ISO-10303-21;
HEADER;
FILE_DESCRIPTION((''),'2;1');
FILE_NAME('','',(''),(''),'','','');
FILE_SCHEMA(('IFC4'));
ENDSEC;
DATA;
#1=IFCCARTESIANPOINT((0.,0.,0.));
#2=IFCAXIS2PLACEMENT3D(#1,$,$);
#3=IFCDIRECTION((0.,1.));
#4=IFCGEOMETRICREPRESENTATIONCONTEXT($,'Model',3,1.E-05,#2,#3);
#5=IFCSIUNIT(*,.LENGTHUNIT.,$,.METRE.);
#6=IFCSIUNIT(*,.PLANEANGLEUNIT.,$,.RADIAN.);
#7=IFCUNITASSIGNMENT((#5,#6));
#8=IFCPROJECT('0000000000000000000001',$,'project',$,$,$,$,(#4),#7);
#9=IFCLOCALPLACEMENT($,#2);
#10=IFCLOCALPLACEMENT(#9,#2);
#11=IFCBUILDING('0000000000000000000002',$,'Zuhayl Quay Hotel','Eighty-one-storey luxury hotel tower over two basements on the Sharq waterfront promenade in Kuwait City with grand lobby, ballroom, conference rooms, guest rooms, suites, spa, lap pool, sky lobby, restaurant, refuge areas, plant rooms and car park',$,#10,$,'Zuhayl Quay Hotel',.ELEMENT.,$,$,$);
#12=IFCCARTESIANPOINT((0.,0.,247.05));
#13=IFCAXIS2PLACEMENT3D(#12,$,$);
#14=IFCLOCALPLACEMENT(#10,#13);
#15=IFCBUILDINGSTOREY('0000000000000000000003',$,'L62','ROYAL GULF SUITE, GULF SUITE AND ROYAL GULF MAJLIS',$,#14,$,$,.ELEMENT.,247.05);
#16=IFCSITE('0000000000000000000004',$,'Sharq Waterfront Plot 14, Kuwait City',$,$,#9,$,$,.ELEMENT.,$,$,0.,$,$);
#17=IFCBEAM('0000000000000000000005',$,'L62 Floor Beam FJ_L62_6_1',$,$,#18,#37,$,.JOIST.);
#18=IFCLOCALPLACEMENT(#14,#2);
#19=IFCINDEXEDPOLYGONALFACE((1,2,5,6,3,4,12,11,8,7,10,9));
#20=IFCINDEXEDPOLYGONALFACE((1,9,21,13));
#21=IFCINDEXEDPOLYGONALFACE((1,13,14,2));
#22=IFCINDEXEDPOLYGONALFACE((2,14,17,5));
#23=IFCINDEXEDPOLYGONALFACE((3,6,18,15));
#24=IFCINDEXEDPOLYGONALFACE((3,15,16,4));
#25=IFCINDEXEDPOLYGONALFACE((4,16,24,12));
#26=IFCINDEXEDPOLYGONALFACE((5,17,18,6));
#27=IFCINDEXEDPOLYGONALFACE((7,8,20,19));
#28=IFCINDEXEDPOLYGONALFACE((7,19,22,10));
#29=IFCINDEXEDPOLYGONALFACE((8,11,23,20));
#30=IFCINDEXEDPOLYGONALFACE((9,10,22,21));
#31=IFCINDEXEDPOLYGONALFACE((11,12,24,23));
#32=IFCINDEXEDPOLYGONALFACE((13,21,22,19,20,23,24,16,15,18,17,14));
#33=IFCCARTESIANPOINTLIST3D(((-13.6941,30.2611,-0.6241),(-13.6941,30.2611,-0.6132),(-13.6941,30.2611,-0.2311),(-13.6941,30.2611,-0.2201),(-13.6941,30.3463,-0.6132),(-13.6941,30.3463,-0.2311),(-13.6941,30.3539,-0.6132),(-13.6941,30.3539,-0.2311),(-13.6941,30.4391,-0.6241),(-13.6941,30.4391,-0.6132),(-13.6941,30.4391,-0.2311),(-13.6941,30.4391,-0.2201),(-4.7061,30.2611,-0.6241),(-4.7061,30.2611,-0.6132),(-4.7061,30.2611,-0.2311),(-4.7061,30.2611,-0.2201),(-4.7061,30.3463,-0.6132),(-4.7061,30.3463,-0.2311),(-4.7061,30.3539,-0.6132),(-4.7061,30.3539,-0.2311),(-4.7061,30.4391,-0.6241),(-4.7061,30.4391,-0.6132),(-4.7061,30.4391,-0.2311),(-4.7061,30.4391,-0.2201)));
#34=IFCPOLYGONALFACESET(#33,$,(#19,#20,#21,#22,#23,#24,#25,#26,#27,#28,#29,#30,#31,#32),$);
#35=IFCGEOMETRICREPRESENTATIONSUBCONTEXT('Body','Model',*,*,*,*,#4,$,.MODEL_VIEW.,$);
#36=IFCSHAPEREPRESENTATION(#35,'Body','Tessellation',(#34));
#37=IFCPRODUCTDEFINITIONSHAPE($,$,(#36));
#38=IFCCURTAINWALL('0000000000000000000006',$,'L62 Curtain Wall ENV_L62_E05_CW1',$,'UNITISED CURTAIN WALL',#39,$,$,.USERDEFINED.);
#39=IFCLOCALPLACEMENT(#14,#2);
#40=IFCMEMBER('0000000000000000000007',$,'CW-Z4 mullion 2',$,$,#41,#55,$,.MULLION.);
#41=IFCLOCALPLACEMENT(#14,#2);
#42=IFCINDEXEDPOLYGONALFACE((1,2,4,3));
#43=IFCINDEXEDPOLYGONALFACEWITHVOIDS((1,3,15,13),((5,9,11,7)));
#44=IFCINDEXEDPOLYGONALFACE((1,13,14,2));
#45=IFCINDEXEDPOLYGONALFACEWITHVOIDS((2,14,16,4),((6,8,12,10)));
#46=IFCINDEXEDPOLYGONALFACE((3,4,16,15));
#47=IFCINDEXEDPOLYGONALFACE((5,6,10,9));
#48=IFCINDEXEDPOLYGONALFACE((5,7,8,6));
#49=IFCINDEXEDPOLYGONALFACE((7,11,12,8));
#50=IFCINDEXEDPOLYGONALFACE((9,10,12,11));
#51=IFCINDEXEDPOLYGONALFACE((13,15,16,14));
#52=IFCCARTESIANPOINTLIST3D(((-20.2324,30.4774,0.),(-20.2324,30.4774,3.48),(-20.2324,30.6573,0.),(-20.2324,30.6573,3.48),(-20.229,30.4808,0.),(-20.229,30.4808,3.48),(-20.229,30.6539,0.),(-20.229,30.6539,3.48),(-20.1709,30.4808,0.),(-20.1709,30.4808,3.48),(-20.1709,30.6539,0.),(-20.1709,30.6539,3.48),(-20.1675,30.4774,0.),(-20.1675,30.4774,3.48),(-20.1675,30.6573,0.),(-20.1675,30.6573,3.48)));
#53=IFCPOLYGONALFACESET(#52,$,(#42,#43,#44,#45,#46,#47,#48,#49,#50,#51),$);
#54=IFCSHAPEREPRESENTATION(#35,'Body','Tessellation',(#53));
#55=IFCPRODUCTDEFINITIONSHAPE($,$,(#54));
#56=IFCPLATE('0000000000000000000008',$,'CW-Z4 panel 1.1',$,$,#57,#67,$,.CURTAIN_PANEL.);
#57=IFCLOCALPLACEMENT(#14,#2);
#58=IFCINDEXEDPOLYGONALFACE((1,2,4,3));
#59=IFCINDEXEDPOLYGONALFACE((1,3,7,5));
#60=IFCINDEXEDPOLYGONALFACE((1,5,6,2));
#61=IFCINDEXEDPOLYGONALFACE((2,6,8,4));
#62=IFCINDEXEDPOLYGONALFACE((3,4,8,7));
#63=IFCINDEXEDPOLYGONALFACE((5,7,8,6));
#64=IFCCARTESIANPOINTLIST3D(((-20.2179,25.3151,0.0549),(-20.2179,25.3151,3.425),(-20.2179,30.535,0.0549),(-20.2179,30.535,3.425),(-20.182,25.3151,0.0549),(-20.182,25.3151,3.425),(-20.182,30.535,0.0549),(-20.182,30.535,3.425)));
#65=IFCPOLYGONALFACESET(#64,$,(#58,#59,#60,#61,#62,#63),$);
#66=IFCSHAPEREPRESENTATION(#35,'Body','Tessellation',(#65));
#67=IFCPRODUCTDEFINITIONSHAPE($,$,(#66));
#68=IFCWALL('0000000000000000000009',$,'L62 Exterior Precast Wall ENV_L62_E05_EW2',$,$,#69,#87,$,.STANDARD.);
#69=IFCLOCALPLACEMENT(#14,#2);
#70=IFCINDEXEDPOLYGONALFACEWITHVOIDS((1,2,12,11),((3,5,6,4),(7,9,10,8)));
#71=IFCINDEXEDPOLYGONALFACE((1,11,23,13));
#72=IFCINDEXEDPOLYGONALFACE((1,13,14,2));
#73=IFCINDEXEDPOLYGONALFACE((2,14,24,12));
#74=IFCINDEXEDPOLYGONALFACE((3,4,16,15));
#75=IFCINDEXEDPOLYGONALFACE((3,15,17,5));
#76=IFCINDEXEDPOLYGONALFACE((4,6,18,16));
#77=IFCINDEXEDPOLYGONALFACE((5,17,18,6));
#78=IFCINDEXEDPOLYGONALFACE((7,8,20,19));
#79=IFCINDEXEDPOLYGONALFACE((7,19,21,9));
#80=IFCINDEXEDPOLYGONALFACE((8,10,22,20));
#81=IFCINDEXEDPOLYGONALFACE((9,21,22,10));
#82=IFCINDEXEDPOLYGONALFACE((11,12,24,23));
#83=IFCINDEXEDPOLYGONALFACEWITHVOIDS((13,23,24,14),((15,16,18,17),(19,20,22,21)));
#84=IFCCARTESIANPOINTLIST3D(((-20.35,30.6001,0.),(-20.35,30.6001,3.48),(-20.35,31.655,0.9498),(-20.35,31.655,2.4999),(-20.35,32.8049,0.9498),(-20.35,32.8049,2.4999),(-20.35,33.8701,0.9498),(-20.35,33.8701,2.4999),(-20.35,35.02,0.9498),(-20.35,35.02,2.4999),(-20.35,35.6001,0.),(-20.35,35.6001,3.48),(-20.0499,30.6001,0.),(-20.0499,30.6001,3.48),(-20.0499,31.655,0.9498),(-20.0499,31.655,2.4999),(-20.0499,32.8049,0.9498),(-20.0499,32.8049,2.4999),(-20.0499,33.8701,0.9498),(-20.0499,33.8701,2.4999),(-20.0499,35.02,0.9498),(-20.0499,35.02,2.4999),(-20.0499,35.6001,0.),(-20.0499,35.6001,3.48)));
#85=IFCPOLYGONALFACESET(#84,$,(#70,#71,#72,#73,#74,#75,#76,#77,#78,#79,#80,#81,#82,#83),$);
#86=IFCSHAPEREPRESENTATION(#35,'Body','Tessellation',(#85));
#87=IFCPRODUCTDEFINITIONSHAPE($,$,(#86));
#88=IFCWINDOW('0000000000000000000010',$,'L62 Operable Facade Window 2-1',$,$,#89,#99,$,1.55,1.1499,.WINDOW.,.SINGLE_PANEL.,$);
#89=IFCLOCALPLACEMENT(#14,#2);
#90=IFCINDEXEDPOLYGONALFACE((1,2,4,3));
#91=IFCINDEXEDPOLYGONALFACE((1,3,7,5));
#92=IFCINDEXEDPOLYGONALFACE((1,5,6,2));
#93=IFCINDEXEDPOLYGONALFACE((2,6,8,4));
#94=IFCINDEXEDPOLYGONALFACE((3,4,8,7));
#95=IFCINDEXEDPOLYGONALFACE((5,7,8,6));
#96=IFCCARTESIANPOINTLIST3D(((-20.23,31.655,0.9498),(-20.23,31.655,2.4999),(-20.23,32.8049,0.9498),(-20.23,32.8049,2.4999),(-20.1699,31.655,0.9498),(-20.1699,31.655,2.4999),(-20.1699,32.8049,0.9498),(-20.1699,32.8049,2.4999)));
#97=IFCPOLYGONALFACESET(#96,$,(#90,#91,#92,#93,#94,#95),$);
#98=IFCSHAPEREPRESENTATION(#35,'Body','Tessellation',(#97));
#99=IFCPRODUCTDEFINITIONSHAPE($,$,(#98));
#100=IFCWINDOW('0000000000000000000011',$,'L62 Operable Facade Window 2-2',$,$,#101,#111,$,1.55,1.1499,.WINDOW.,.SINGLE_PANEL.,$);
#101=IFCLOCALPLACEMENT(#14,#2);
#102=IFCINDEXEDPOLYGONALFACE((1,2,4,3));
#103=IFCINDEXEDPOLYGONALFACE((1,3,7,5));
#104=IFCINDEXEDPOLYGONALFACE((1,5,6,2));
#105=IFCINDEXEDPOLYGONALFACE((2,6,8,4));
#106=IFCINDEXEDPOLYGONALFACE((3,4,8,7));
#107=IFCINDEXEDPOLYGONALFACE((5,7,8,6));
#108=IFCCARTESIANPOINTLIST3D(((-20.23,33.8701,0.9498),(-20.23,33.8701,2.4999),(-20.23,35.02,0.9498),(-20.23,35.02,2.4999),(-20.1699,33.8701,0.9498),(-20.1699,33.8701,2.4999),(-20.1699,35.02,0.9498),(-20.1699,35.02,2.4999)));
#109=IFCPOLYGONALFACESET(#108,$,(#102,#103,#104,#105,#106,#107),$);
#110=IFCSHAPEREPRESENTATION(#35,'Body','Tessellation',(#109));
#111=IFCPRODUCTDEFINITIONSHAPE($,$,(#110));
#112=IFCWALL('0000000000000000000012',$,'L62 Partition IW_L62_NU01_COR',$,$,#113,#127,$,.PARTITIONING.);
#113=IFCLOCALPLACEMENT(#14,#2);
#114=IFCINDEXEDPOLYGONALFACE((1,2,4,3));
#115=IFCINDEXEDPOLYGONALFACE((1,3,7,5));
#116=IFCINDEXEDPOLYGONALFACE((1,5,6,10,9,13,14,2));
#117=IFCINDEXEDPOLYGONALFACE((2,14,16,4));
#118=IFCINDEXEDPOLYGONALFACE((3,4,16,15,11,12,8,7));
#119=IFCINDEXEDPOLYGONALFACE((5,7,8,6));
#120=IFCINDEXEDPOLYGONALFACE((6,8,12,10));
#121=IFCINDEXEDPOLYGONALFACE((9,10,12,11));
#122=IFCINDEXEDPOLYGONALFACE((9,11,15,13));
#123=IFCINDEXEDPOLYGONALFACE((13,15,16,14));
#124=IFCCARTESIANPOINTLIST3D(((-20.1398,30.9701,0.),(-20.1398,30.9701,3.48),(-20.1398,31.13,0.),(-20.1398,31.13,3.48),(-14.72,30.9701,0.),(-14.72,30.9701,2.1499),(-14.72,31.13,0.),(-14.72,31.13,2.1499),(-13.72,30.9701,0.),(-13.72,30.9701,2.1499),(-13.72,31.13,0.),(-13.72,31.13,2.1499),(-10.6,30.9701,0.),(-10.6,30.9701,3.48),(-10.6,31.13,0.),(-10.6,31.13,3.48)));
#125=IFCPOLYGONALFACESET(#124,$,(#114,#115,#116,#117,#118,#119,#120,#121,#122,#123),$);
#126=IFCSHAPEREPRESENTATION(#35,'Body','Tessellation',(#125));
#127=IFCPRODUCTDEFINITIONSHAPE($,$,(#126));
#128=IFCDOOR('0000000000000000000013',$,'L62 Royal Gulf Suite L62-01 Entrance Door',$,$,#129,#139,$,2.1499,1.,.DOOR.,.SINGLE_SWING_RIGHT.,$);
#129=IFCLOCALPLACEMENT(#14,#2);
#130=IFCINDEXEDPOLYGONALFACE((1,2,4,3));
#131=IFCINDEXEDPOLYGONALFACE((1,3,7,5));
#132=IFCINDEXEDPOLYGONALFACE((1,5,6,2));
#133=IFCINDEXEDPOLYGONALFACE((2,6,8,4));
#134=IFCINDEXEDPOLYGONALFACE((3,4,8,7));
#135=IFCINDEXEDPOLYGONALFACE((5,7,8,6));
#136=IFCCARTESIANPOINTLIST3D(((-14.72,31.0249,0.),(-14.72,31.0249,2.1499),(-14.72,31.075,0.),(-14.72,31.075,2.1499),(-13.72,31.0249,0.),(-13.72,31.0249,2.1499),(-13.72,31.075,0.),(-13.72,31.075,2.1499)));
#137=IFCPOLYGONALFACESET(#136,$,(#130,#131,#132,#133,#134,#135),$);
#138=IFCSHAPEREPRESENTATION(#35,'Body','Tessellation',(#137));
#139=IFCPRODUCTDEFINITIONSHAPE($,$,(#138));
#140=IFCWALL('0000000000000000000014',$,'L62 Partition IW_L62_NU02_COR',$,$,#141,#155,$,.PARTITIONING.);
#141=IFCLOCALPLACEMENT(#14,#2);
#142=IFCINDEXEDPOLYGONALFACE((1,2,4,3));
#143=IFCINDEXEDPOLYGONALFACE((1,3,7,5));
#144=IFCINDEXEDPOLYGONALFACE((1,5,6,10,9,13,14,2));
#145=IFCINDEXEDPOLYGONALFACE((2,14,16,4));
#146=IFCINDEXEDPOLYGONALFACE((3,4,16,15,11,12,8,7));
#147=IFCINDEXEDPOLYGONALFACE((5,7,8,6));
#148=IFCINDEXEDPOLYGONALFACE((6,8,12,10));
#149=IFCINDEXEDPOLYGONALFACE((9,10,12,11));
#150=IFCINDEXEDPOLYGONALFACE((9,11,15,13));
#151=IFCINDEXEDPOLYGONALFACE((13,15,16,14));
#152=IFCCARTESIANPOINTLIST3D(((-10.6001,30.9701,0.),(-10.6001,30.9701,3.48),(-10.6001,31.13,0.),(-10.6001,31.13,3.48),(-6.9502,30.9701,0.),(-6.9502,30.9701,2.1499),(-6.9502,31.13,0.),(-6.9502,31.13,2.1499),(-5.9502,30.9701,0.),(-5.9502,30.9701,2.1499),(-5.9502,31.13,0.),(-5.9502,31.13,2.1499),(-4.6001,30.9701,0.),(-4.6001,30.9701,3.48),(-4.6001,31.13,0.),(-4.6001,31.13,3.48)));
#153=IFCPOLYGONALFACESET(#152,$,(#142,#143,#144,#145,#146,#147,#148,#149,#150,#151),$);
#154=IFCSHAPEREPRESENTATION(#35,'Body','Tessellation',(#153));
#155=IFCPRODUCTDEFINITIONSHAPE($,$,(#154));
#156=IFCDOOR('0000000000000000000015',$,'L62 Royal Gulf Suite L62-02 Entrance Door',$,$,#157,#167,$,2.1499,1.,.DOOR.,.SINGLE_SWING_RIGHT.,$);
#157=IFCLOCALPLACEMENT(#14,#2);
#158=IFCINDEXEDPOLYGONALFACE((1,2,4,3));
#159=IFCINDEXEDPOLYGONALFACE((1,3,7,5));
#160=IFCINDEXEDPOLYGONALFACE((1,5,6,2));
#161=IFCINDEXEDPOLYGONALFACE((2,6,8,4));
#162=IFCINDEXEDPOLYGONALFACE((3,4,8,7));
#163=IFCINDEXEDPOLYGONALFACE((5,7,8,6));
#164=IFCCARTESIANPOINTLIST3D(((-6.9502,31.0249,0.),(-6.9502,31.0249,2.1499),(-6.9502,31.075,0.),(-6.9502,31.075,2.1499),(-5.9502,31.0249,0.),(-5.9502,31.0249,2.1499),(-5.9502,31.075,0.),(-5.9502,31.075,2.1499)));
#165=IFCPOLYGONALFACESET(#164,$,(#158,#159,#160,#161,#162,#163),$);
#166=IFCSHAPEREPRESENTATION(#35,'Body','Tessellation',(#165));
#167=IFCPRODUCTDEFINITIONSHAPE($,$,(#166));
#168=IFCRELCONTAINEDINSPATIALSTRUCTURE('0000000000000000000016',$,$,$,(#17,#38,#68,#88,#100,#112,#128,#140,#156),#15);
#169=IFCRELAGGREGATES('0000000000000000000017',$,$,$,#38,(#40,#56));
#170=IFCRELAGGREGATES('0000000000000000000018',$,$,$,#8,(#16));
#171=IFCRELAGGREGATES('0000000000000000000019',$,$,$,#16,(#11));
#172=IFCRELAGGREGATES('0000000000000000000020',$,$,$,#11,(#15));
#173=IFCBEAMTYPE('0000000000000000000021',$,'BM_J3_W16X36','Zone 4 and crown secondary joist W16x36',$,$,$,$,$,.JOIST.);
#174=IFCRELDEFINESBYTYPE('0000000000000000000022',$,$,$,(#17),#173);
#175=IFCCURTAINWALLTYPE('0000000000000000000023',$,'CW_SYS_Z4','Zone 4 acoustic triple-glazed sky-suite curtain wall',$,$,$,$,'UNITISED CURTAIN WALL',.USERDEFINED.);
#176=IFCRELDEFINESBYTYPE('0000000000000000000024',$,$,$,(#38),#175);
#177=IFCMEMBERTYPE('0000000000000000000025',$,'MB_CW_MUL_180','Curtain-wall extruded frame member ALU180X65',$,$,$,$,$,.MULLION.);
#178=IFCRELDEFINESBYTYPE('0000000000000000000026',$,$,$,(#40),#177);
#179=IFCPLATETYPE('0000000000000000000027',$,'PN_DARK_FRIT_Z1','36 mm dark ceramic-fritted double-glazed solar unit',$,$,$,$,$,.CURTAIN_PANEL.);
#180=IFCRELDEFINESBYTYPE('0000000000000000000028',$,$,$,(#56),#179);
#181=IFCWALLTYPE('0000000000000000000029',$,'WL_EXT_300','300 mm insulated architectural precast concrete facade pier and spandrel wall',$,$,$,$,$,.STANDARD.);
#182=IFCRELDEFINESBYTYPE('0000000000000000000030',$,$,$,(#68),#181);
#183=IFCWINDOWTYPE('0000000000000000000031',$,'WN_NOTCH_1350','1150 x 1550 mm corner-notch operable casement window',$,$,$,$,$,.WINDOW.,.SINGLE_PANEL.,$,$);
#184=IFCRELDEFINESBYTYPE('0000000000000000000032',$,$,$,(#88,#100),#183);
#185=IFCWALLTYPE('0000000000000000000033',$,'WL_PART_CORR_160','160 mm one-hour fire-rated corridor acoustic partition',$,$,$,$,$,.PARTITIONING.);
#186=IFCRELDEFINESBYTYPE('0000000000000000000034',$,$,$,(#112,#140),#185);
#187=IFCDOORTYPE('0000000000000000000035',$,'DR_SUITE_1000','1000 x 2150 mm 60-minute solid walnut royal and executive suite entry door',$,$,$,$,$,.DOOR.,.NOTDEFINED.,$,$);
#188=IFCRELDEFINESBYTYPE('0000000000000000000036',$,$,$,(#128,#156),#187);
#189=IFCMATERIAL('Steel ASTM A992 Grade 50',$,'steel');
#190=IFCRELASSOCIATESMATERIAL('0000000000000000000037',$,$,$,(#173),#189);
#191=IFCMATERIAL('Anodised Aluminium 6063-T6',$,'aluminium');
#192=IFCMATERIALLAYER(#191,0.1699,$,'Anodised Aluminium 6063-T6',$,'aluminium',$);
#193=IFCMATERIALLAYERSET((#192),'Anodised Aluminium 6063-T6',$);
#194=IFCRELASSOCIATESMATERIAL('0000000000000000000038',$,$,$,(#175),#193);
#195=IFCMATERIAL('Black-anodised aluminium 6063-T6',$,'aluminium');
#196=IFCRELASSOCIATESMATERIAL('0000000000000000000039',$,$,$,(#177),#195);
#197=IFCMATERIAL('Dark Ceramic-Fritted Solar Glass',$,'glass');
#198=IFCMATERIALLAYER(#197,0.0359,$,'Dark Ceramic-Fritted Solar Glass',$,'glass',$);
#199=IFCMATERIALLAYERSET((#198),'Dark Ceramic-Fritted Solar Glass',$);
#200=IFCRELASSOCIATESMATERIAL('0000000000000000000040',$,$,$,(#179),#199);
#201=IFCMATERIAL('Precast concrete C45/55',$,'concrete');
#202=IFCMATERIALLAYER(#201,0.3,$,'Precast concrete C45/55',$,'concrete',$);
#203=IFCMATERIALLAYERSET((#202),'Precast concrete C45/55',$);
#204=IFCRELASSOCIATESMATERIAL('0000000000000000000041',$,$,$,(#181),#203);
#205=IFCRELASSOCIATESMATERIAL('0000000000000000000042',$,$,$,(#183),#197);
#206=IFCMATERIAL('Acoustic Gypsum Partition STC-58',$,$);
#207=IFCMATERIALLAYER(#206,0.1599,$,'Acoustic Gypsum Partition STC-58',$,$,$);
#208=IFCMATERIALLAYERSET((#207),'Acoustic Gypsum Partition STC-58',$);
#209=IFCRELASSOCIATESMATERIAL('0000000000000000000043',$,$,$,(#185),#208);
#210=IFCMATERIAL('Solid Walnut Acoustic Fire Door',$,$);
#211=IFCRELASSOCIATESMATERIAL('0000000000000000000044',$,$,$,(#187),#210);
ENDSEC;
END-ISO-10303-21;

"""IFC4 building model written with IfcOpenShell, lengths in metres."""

from ifc_helpers import new_model, si_unit, direction, frame, frame_2d, origin, origin_2d, place, context, subcontext, project, spatial, rectangle, hollow_rectangle, i_section, extrude, material, layer, layer_set, material_profile, profile_set, type_object, element, fill, aggregate, save


model = new_model("IFC4")

# Units and contexts
model_context = context("Model", 3, precision=1e-05, world=origin(), true_north=direction((0.0, 1.0)))
body_context = subcontext(model_context, "Body", "Model", "MODEL_VIEW")
ifc_project = project(units=[si_unit("LENGTHUNIT", "METRE"), si_unit("PLANEANGLEUNIT", "RADIAN")], contexts=[model_context])

# Site, building, storey
site_placement = place(None, origin())
site = spatial("IfcSite", under=ifc_project, at=site_placement, Name="Sharq Waterfront Plot 14, Kuwait City", CompositionType="ELEMENT", RefElevation=0.0)
building_placement = place(site_placement, origin())
building = spatial("IfcBuilding", under=site, at=building_placement, Name="Zuhayl Quay Hotel", Description="Eighty-one-storey luxury hotel tower over two basements on the Sharq waterfront promenade in Kuwait City with grand lobby, ballroom, conference rooms, guest rooms, suites, spa, lap pool, sky lobby, restaurant, refuge areas, plant rooms and car park", LongName="Zuhayl Quay Hotel", CompositionType="ELEMENT")
storey_placement = place(building_placement, frame((0.0, 0.0, 247.05)))
storey = spatial("IfcBuildingStorey", under=building, at=storey_placement, Name="L62", Description="ROYAL GULF SUITE, GULF SUITE AND ROYAL GULF MAJLIS", CompositionType="ELEMENT", Elevation=247.05)

# Beam
ifc_material_1 = material(Name="Steel ASTM A992 Grade 50", Category="steel")
ifc_material_profile_1 = material_profile(ifc_material_1, i_section(OverallWidth=0.178, OverallDepth=0.4041, WebThickness=0.0076, FlangeThickness=0.011, at=origin_2d()), Name="W16X36")
ifc_profile_set_1 = profile_set([ifc_material_profile_1], Name="Steel ASTM A992 Grade 50")
beam_type = type_object("IfcBeamType", Name="BM_J3_W16X36", Description="Zone 4 and crown secondary joist W16x36", PredefinedType="JOIST", material=ifc_profile_set_1)
beam_placement = place(storey_placement, frame((-13.6941, 30.3501, -0.4221), z_axis=(1.0, 0.0, 0.0), x_axis=(0.0, 1.0, 0.0)))
element("IfcBeam", 1, at=beam_placement, inside=storey, type_object=beam_type, Name="L62 Floor Beam FJ_L62_6_1", PredefinedType="JOIST", context=body_context, shape_type="SweptSolid", body=[
    extrude(i_section(OverallWidth=0.178, OverallDepth=0.4041, WebThickness=0.0076, FlangeThickness=0.011, at=origin_2d()), origin(), (0.0, 0.0, 1.0), 8.988),
])

# Curtain wall, member, plate
ifc_material_2 = material(Name="Anodised Aluminium 6063-T6", Category="aluminium")
ifc_layer_1 = layer(ifc_material_2, 0.1699, Name="Anodised Aluminium 6063-T6", Category="aluminium")
ifc_layer_set_1 = layer_set([ifc_layer_1], Name="Anodised Aluminium 6063-T6")
curtain_wall_type = type_object("IfcCurtainWallType", Name="CW_SYS_Z4", Description="Zone 4 acoustic triple-glazed sky-suite curtain wall", ElementType="UNITISED CURTAIN WALL", PredefinedType="USERDEFINED", material=ifc_layer_set_1)
curtain_wall_placement = place(storey_placement, origin())
curtain_wall = element("IfcCurtainWall", 2, at=curtain_wall_placement, inside=storey, type_object=curtain_wall_type, Name="L62 Curtain Wall ENV_L62_E05_CW1", ObjectType="UNITISED CURTAIN WALL", PredefinedType="USERDEFINED")
ifc_material_3 = material(Name="Black-anodised aluminium 6063-T6", Category="aluminium")
ifc_material_profile_2 = material_profile(ifc_material_3, hollow_rectangle(XDim=0.0649, YDim=0.1799, WallThickness=0.0034, at=origin_2d()), Name="ALU180X65")
ifc_profile_set_2 = profile_set([ifc_material_profile_2], Name="Black-anodised aluminium 6063-T6")
member_type = type_object("IfcMemberType", Name="MB_CW_MUL_180", Description="Curtain-wall extruded frame member ALU180X65", PredefinedType="MULLION", material=ifc_profile_set_2)
member_placement = place(storey_placement, frame((-20.2, 30.5674, 0.0), z_axis=(0.0, 0.0, 1.0), x_axis=(-1.0, 0.0, 0.0)))
member = element("IfcMember", 3, at=member_placement, type_object=member_type, Name="CW-Z4 mullion 2", PredefinedType="MULLION", context=body_context, shape_type="SweptSolid", body=[
    extrude(hollow_rectangle(XDim=0.0649, YDim=0.1799, WallThickness=0.0034, at=origin_2d()), origin(), (0.0, 0.0, 1.0), 3.48),
])
ifc_material_4 = material(Name="Dark Ceramic-Fritted Solar Glass", Category="glass")
ifc_layer_2 = layer(ifc_material_4, 0.0359, Name="Dark Ceramic-Fritted Solar Glass", Category="glass")
ifc_layer_set_2 = layer_set([ifc_layer_2], Name="Dark Ceramic-Fritted Solar Glass")
plate_type = type_object("IfcPlateType", Name="PN_DARK_FRIT_Z1", Description="36 mm dark ceramic-fritted double-glazed solar unit", PredefinedType="CURTAIN_PANEL", material=ifc_layer_set_2)
plate_placement = place(storey_placement, frame((-20.2, 27.925, 0.0549), z_axis=(0.0, 0.0, 1.0), x_axis=(0.0, 1.0, 0.0)))
plate = element("IfcPlate", 4, at=plate_placement, type_object=plate_type, Name="CW-Z4 panel 1.1", PredefinedType="CURTAIN_PANEL", context=body_context, shape_type="SweptSolid", body=[
    extrude(rectangle(XDim=5.22, YDim=0.0359, at=origin_2d()), origin(), (0.0, 0.0, 1.0), 3.3701),
])
aggregate(curtain_wall, [member, plate])

# Wall, openings, windows
ifc_material_5 = material(Name="Precast concrete C45/55", Category="concrete")
ifc_layer_3 = layer(ifc_material_5, 0.3, Name="Precast concrete C45/55", Category="concrete")
ifc_layer_set_3 = layer_set([ifc_layer_3], Name="Precast concrete C45/55")
wall_type_1 = type_object("IfcWallType", Name="WL_EXT_300", Description="300 mm insulated architectural precast concrete facade pier and spandrel wall", PredefinedType="STANDARD", material=ifc_layer_set_3)
wall_1_placement = place(storey_placement, frame((-20.2, 30.6001, 0.0), z_axis=(0.0, 0.0, 1.0), x_axis=(0.0, 1.0, 0.0)))
wall_1 = element("IfcWall", 5, at=wall_1_placement, inside=storey, type_object=wall_type_1, Name="L62 Exterior Precast Wall ENV_L62_E05_EW2", PredefinedType="STANDARD", context=body_context, shape_type="SweptSolid", body=[
    extrude(rectangle(XDim=5.0, YDim=0.3, at=frame_2d((2.5, 0.0))), origin(), (0.0, 0.0, 1.0), 3.48),
])
opening_1_placement = place(wall_1_placement, frame((1.0549, 0.0, 0.95)))
opening_1 = element("IfcOpeningElement", 6, at=opening_1_placement, cuts=wall_1, PredefinedType="OPENING", context=body_context, shape_type="SweptSolid", body=[
    extrude(rectangle(XDim=1.1499, YDim=1.55, at=frame_2d((0.575, 0.7749))), frame((0.0, 0.1599, 0.0), z_axis=(0.0, -1.0, 0.0), x_axis=(1.0, 0.0, 0.0)), (0.0, 0.0, 1.0), 0.3201),
])
opening_2_placement = place(wall_1_placement, frame((3.27, 0.0, 0.95)))
opening_2 = element("IfcOpeningElement", 7, at=opening_2_placement, cuts=wall_1, PredefinedType="OPENING", context=body_context, shape_type="SweptSolid", body=[
    extrude(rectangle(XDim=1.1499, YDim=1.55, at=frame_2d((0.575, 0.7749))), frame((0.0, 0.1599, 0.0), z_axis=(0.0, -1.0, 0.0), x_axis=(1.0, 0.0, 0.0)), (0.0, 0.0, 1.0), 0.3201),
])
window_type = type_object("IfcWindowType", Name="WN_NOTCH_1350", Description="1150 x 1550 mm corner-notch operable casement window", PartitioningType="SINGLE_PANEL", PredefinedType="WINDOW", material=ifc_material_4)
window_1_placement = place(opening_1_placement, origin())
window_1 = element("IfcWindow", 8, at=window_1_placement, inside=storey, type_object=window_type, Name="L62 Operable Facade Window 2-1", OverallHeight=1.55, OverallWidth=1.1499, PartitioningType="SINGLE_PANEL", PredefinedType="WINDOW", context=body_context, shape_type="SweptSolid", body=[
    extrude(rectangle(XDim=1.1499, YDim=1.55, at=frame_2d((0.575, 0.7749))), frame((0.0, 0.03, 0.0), z_axis=(0.0, -1.0, 0.0), x_axis=(1.0, 0.0, 0.0)), (0.0, 0.0, 1.0), 0.0601),
])
fill(opening_1, window_1)
window_2_placement = place(opening_2_placement, origin())
window_2 = element("IfcWindow", 9, at=window_2_placement, inside=storey, type_object=window_type, Name="L62 Operable Facade Window 2-2", OverallHeight=1.55, OverallWidth=1.1499, PartitioningType="SINGLE_PANEL", PredefinedType="WINDOW", context=body_context, shape_type="SweptSolid", body=[
    extrude(rectangle(XDim=1.1499, YDim=1.55, at=frame_2d((0.575, 0.7749))), frame((0.0, 0.03, 0.0), z_axis=(0.0, -1.0, 0.0), x_axis=(1.0, 0.0, 0.0)), (0.0, 0.0, 1.0), 0.0601),
])
fill(opening_2, window_2)

# Walls, openings, doors
ifc_material_6 = material(Name="Acoustic Gypsum Partition STC-58")
ifc_layer_4 = layer(ifc_material_6, 0.1599, Name="Acoustic Gypsum Partition STC-58")
ifc_layer_set_4 = layer_set([ifc_layer_4], Name="Acoustic Gypsum Partition STC-58")
wall_type_2 = type_object("IfcWallType", Name="WL_PART_CORR_160", Description="160 mm one-hour fire-rated corridor acoustic partition", PredefinedType="PARTITIONING", material=ifc_layer_set_4)
wall_2_placement = place(storey_placement, frame((-20.1399, 31.05, 0.0), z_axis=(0.0, 0.0, 1.0), x_axis=(1.0, 0.0, 0.0)))
wall_2 = element("IfcWall", 10, at=wall_2_placement, inside=storey, type_object=wall_type_2, Name="L62 Partition IW_L62_NU01_COR", PredefinedType="PARTITIONING", context=body_context, shape_type="SweptSolid", body=[
    extrude(rectangle(XDim=9.5398, YDim=0.1599, at=frame_2d((4.77, 0.0))), origin(), (0.0, 0.0, 1.0), 3.48),
])
opening_3_placement = place(wall_2_placement, frame((5.4199, 0.0, 0.0)))
opening_3 = element("IfcOpeningElement", 11, at=opening_3_placement, cuts=wall_2, PredefinedType="OPENING", context=body_context, shape_type="SweptSolid", body=[
    extrude(rectangle(XDim=1.0, YDim=2.1499, at=frame_2d((0.5, 1.075))), frame((0.0, 0.0898, 0.0), z_axis=(0.0, -1.0, 0.0), x_axis=(1.0, 0.0, 0.0)), (0.0, 0.0, 1.0), 0.1799),
])
ifc_material_7 = material(Name="Solid Walnut Acoustic Fire Door")
door_type_1 = type_object("IfcDoorType", Name="DR_SUITE_1000", Description="1000 x 2150 mm 60-minute solid walnut royal and executive suite entry door", OperationType="NOTDEFINED", PredefinedType="DOOR", material=ifc_material_7)
door_1_placement = place(opening_3_placement, origin())
door_1 = element("IfcDoor", 12, at=door_1_placement, inside=storey, type_object=door_type_1, Name="L62 Royal Gulf Suite L62-01 Entrance Door", OperationType="SINGLE_SWING_RIGHT", OverallHeight=2.1499, OverallWidth=1.0, PredefinedType="DOOR", context=body_context, shape_type="SweptSolid", body=[
    extrude(rectangle(XDim=1.0, YDim=2.1499, at=frame_2d((0.5, 1.075))), frame((0.0, 0.0249, 0.0), z_axis=(0.0, -1.0, 0.0), x_axis=(1.0, 0.0, 0.0)), (0.0, 0.0, 1.0), 0.05),
])
fill(opening_3, door_1)
wall_3_placement = place(storey_placement, frame((-10.6001, 31.05, 0.0), z_axis=(0.0, 0.0, 1.0), x_axis=(1.0, 0.0, 0.0)))
wall_3 = element("IfcWall", 13, at=wall_3_placement, inside=storey, type_object=wall_type_2, Name="L62 Partition IW_L62_NU02_COR", PredefinedType="PARTITIONING", context=body_context, shape_type="SweptSolid", body=[
    extrude(rectangle(XDim=6.0, YDim=0.1599, at=frame_2d((3.0, 0.0))), origin(), (0.0, 0.0, 1.0), 3.48),
])
opening_4_placement = place(wall_3_placement, frame((3.6499, 0.0, 0.0)))
opening_4 = element("IfcOpeningElement", 14, at=opening_4_placement, cuts=wall_3, PredefinedType="OPENING", context=body_context, shape_type="SweptSolid", body=[
    extrude(rectangle(XDim=1.0, YDim=2.1499, at=frame_2d((0.5, 1.075))), frame((0.0, 0.0898, 0.0), z_axis=(0.0, -1.0, 0.0), x_axis=(1.0, 0.0, 0.0)), (0.0, 0.0, 1.0), 0.1799),
])
door_2_placement = place(opening_4_placement, origin())
door_2 = element("IfcDoor", 15, at=door_2_placement, inside=storey, type_object=door_type_1, Name="L62 Royal Gulf Suite L62-02 Entrance Door", OperationType="SINGLE_SWING_RIGHT", OverallHeight=2.1499, OverallWidth=1.0, PredefinedType="DOOR", context=body_context, shape_type="SweptSolid", body=[
    extrude(rectangle(XDim=1.0, YDim=2.1499, at=frame_2d((0.5, 1.075))), frame((0.0, 0.0249, 0.0), z_axis=(0.0, -1.0, 0.0), x_axis=(1.0, 0.0, 0.0)), (0.0, 0.0, 1.0), 0.05),
])
fill(opening_4, door_2)

save(model, "model.ifc")
